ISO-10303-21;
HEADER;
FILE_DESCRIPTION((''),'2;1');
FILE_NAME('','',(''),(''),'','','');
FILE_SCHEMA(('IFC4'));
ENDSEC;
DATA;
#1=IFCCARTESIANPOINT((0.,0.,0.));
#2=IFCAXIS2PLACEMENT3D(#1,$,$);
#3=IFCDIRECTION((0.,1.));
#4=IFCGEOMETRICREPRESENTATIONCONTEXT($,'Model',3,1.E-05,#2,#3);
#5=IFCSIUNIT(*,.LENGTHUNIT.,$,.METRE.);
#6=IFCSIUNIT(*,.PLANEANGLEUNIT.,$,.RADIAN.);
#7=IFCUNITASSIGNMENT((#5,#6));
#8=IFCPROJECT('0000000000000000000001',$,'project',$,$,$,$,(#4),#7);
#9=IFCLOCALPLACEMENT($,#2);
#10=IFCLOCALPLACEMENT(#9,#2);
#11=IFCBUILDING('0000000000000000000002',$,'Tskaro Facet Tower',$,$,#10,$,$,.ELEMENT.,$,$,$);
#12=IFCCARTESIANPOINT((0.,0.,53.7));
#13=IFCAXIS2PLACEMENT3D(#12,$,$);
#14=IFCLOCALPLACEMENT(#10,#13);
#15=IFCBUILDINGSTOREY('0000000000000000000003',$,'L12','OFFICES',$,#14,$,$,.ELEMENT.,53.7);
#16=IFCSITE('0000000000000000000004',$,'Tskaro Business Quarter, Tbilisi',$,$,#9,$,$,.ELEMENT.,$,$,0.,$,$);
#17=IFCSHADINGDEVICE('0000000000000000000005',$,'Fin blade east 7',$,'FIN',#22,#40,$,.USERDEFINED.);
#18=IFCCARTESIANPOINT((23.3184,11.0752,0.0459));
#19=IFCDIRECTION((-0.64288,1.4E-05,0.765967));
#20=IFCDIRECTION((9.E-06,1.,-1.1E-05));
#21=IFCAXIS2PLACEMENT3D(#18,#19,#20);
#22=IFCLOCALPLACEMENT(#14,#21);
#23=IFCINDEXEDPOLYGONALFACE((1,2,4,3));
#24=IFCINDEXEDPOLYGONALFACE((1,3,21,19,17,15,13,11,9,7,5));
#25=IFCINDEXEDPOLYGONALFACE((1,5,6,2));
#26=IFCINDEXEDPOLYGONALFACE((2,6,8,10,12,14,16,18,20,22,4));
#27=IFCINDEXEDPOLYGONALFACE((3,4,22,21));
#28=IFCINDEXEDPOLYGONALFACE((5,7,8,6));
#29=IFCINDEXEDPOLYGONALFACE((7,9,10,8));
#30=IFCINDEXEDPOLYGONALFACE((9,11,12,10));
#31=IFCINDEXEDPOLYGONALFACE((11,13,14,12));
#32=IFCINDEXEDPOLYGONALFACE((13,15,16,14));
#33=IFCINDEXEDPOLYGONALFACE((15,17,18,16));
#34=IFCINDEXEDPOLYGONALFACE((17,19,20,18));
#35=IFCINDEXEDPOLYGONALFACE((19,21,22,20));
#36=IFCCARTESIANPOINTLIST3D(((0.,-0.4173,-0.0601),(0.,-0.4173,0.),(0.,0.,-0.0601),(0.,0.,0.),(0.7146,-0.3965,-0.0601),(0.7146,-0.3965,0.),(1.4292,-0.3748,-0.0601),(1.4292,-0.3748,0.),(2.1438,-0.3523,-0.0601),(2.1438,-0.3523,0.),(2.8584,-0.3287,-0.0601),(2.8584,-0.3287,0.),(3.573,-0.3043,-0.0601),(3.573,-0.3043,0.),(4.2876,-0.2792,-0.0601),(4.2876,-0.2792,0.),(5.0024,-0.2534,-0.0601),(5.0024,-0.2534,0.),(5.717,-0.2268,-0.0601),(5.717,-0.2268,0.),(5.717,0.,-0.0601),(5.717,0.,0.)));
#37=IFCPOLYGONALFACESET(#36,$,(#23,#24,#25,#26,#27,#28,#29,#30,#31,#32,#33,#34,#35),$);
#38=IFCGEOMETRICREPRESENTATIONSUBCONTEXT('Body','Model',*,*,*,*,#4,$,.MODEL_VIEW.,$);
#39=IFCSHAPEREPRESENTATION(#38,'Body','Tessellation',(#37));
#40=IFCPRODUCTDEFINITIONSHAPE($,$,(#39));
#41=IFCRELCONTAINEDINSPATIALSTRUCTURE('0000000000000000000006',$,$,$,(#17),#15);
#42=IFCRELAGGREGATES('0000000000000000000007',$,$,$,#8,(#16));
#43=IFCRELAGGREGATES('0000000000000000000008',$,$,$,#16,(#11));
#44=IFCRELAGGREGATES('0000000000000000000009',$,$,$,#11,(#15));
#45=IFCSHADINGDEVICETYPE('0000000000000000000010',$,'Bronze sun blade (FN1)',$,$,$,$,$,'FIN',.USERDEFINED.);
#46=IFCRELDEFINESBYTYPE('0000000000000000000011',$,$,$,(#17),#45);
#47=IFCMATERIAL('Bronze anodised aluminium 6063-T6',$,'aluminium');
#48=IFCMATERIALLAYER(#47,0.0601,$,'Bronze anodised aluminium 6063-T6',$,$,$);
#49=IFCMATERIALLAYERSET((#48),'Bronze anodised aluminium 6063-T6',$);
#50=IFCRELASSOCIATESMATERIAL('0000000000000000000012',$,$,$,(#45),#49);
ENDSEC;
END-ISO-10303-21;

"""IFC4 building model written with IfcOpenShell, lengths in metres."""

from ifc_helpers import new_model, si_unit, direction, frame, origin, place, context, subcontext, project, spatial, polyline, outline, extrude, material, layer, layer_set, type_object, element, save


model = new_model("IFC4")

# Units and contexts
model_context = context("Model", 3, precision=1e-05, world=origin(), true_north=direction((0.0, 1.0)))
body_context = subcontext(model_context, "Body", "Model", "MODEL_VIEW")
ifc_project = project(units=[si_unit("LENGTHUNIT", "METRE"), si_unit("PLANEANGLEUNIT", "RADIAN")], contexts=[model_context])

# Site, building, storey
site_placement = place(None, origin())
site = spatial("IfcSite", under=ifc_project, at=site_placement, Name="Tskaro Business Quarter, Tbilisi", CompositionType="ELEMENT", RefElevation=0.0)
building_placement = place(site_placement, origin())
building = spatial("IfcBuilding", under=site, at=building_placement, Name="Tskaro Facet Tower", CompositionType="ELEMENT")
storey_placement = place(building_placement, frame((0.0, 0.0, 53.7)))
storey = spatial("IfcBuildingStorey", under=building, at=storey_placement, Name="L12", Description="OFFICES", CompositionType="ELEMENT", Elevation=53.7)

# Shared definitions
ifc_material_1 = material(Name="Bronze anodised aluminium 6063-T6", Category="aluminium")

# Shading device
ifc_layer_1 = layer(ifc_material_1, 0.0601, Name="Bronze anodised aluminium 6063-T6")
ifc_layer_set_1 = layer_set([ifc_layer_1], Name="Bronze anodised aluminium 6063-T6")
shading_device_type = type_object("IfcShadingDeviceType", Name="Bronze sun blade (FN1)", ElementType="FIN", PredefinedType="USERDEFINED", material=ifc_layer_set_1)
shading_device_1_placement = place(storey_placement, frame((23.3184, 11.0752, 0.0459), z_axis=(-0.64288, 0.000014, 0.765967), x_axis=(0.000009, 1.0, -0.000011)))
element("IfcShadingDevice", 1, at=shading_device_1_placement, inside=storey, type_object=shading_device_type, Name="Fin blade east 7", ObjectType="FIN", PredefinedType="USERDEFINED", context=body_context, shape_type="SweptSolid", body=[
    extrude(outline(polyline([(0.0, 0.0), (5.717, 0.0), (5.717, -0.2268), (5.0024, -0.2534), (4.2876, -0.2792), (3.573, -0.3043), (2.8584, -0.3287), (2.1438, -0.3523), (1.4292, -0.3748), (0.7146, -0.3965), (0.0, -0.4173), (0.0, 0.0)])), origin(), (0.0, 0.0, -1.0), 0.0601),
])

save(model, "model.ifc")
